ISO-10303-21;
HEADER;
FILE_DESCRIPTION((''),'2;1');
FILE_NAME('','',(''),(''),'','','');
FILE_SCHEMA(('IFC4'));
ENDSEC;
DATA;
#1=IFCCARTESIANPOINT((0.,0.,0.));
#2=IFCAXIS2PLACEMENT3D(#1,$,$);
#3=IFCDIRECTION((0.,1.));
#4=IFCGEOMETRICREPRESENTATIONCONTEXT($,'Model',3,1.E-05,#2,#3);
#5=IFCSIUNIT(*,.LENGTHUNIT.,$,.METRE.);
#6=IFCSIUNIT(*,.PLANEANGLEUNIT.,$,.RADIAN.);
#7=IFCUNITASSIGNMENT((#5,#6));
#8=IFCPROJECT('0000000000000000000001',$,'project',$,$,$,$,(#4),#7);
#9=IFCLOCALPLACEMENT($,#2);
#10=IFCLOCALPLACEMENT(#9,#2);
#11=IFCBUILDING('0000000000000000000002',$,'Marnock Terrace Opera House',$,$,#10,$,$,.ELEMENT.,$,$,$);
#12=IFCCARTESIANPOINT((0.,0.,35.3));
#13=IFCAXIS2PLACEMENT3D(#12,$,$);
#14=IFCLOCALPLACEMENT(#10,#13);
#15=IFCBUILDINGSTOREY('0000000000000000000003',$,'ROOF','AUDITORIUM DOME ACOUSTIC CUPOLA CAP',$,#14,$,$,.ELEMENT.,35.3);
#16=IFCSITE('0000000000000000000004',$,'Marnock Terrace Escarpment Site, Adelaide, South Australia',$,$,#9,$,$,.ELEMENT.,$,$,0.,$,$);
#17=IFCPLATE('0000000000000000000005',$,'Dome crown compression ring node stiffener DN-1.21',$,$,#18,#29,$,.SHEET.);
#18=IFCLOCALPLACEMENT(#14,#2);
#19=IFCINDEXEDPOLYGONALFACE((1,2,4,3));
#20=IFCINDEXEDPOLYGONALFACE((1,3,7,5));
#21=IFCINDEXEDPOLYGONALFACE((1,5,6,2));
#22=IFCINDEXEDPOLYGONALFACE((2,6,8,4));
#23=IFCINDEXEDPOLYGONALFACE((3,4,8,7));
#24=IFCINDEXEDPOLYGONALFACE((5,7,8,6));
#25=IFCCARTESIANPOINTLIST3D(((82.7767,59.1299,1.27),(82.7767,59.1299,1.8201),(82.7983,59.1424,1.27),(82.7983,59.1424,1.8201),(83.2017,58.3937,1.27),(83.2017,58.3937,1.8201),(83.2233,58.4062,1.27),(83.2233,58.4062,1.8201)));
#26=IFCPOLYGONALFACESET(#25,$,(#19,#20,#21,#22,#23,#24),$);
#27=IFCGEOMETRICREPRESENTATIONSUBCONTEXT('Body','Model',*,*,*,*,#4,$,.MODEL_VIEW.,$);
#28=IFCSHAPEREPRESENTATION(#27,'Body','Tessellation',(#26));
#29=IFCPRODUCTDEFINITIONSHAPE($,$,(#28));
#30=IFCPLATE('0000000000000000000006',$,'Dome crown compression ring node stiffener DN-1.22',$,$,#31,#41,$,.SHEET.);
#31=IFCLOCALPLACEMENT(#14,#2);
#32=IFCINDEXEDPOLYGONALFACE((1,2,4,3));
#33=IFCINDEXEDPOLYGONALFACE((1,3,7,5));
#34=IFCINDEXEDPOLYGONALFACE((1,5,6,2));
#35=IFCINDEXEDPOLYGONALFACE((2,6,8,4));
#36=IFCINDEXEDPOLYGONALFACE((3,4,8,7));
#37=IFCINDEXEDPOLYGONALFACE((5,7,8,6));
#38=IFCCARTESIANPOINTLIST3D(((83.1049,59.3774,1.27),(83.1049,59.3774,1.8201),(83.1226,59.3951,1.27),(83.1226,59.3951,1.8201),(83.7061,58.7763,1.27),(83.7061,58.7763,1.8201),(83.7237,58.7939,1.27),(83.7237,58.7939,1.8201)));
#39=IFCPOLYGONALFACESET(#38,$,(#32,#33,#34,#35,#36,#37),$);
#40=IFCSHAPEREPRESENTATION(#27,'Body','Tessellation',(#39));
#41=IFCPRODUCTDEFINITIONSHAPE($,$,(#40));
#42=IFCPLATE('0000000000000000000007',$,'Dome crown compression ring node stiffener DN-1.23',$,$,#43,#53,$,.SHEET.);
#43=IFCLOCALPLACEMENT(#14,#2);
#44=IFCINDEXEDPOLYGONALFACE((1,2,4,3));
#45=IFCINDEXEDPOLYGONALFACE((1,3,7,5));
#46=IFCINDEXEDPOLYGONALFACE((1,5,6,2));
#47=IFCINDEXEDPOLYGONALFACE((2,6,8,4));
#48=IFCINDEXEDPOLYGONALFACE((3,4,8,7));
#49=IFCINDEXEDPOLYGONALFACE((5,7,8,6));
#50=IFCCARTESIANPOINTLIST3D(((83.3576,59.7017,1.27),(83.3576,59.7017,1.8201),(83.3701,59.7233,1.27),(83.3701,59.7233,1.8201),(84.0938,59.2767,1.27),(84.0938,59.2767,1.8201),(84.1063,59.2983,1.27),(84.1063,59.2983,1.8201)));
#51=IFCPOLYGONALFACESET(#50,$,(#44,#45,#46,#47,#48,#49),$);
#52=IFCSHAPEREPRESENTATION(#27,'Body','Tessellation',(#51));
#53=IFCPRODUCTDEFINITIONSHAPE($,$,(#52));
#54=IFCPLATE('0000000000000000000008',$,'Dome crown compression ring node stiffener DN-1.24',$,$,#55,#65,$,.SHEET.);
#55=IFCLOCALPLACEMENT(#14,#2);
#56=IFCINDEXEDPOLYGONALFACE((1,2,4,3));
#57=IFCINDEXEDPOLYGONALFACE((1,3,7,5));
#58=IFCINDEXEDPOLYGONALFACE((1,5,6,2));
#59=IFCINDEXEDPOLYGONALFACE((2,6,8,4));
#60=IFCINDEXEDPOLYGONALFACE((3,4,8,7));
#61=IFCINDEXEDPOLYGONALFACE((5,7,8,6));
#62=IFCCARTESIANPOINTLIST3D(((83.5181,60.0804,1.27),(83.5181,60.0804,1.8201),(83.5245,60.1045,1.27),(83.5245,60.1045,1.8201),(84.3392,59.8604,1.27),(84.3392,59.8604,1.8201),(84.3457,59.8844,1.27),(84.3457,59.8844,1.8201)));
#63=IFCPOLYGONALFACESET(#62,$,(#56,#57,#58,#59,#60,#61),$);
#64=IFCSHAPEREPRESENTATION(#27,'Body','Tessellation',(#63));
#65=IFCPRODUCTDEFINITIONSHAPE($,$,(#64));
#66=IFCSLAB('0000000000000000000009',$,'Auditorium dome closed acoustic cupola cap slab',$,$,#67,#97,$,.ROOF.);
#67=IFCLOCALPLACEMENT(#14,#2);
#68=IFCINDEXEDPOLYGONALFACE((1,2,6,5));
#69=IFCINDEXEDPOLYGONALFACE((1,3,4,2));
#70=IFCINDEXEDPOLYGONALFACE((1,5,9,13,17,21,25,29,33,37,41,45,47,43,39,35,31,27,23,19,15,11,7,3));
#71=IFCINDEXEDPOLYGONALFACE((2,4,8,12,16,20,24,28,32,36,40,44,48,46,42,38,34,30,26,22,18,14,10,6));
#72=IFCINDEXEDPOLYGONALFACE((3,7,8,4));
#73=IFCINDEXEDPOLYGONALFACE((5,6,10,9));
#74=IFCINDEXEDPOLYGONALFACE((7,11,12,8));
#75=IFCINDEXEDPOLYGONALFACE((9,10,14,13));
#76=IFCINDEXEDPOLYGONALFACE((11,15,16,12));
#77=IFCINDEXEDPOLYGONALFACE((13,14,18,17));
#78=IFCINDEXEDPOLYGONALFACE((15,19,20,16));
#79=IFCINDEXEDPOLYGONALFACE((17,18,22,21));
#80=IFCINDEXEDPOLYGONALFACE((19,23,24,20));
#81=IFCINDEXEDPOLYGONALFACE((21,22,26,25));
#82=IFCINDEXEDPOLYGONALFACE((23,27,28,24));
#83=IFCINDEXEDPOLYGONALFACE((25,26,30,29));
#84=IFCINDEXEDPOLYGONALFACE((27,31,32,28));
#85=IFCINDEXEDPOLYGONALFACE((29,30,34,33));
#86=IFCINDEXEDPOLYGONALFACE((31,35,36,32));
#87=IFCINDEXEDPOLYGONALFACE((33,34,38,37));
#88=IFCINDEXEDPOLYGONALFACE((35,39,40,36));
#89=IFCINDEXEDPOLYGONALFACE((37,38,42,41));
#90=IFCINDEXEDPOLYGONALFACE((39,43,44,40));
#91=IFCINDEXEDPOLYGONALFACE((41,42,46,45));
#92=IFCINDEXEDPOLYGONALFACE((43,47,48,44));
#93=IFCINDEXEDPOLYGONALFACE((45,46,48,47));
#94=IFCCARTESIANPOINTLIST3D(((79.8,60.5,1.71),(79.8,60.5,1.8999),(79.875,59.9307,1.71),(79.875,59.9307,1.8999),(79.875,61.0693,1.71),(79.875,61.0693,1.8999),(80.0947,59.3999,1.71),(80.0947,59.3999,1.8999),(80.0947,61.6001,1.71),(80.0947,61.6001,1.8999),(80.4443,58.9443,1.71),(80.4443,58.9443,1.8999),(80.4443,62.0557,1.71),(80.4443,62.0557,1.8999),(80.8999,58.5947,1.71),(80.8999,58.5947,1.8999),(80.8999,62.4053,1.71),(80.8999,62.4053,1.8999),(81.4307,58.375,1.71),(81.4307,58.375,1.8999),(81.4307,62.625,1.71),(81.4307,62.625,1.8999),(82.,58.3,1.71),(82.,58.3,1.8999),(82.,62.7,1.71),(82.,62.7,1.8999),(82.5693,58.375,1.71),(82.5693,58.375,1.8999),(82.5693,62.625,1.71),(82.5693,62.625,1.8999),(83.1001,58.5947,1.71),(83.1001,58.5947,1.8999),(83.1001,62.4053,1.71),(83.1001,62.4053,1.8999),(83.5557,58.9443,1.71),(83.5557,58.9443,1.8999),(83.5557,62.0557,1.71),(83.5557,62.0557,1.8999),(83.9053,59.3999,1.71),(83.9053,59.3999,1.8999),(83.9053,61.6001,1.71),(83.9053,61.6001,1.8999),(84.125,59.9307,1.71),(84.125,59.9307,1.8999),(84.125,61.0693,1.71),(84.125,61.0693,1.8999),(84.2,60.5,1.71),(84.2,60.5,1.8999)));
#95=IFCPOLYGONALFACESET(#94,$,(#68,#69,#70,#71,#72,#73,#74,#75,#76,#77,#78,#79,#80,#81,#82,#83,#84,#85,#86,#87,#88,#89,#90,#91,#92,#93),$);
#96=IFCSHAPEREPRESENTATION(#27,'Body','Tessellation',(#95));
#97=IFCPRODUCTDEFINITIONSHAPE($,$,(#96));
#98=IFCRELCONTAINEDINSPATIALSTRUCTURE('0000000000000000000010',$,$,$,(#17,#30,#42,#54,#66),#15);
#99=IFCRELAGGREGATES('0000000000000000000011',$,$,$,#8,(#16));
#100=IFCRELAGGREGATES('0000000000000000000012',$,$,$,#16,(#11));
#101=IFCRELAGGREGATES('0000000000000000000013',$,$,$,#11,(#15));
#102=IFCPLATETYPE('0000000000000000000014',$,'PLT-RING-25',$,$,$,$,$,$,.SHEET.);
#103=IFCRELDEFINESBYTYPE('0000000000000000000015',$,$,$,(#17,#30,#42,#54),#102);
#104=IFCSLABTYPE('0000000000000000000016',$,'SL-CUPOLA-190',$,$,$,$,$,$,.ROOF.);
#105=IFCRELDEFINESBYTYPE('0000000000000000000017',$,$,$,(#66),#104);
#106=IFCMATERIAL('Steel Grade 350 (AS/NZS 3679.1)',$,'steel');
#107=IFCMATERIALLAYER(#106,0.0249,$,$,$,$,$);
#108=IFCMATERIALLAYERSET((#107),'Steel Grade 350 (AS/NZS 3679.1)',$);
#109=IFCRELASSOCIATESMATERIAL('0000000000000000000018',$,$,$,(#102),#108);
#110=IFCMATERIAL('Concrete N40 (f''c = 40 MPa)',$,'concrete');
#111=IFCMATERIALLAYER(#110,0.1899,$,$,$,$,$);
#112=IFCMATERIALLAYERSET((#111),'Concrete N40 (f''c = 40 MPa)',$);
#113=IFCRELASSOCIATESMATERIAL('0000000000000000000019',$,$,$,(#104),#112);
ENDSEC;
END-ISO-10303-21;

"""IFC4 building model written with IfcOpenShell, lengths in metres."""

from ifc_helpers import new_model, si_unit, direction, frame, origin, origin_2d, place, context, subcontext, project, spatial, polyline, rectangle, outline, extrude, material, layer, layer_set, type_object, element, save


model = new_model("IFC4")

# Units and contexts
model_context = context("Model", 3, precision=1e-05, world=origin(), true_north=direction((0.0, 1.0)))
body_context = subcontext(model_context, "Body", "Model", "MODEL_VIEW")
ifc_project = project(units=[si_unit("LENGTHUNIT", "METRE"), si_unit("PLANEANGLEUNIT", "RADIAN")], contexts=[model_context])

# Site, building, storey
site_placement = place(None, origin())
site = spatial("IfcSite", under=ifc_project, at=site_placement, Name="Marnock Terrace Escarpment Site, Adelaide, South Australia", CompositionType="ELEMENT", RefElevation=0.0)
building_placement = place(site_placement, origin())
building = spatial("IfcBuilding", under=site, at=building_placement, Name="Marnock Terrace Opera House", CompositionType="ELEMENT")
storey_placement = place(building_placement, frame((0.0, 0.0, 35.3)))
storey = spatial("IfcBuildingStorey", under=building, at=storey_placement, Name="ROOF", Description="AUDITORIUM DOME ACOUSTIC CUPOLA CAP", CompositionType="ELEMENT", Elevation=35.3)

# Plates
ifc_material_1 = material(Name="Steel Grade 350 (AS/NZS 3679.1)", Category="steel")
ifc_layer_1 = layer(ifc_material_1, 0.0249)
ifc_layer_set_1 = layer_set([ifc_layer_1], Name="Steel Grade 350 (AS/NZS 3679.1)")
plate_type = type_object("IfcPlateType", Name="PLT-RING-25", PredefinedType="SHEET", material=ifc_layer_set_1)
for number, where, z_axis, x_axis, name in (
    (1, (83.0, 58.7681, 1.27), (0.0, 0.0, 1.0), (0.5, -0.866025, 0.0), "Dome crown compression ring node stiffener DN-1.21"),
    (2, (83.4143, 59.0857, 1.27), (0.0, 0.0, 1.0), (0.707107, -0.707107, 0.0), "Dome crown compression ring node stiffener DN-1.22"),
    (3, (83.7319, 59.5, 1.27), (0.0, 0.0, 1.0), (0.866025, -0.5, 0.0), "Dome crown compression ring node stiffener DN-1.23"),
    (4, (83.9319, 59.9824, 1.27), (0.0, 0.0, 1.0), (0.965926, -0.258819, 0.0), "Dome crown compression ring node stiffener DN-1.24"),
):
    element("IfcPlate", number, at=place(storey_placement, frame(where, z_axis=z_axis, x_axis=x_axis)), inside=storey, type_object=plate_type, Name=name, PredefinedType="SHEET", context=body_context, shape_type="SweptSolid", body=[
        extrude(rectangle(XDim=0.8501, YDim=0.0249, at=origin_2d()), origin(), (0.0, 0.0, 1.0), 0.55),
    ])

# Slab
ifc_material_2 = material(Name="Concrete N40 (f'c = 40 MPa)", Category="concrete")
ifc_layer_2 = layer(ifc_material_2, 0.1899)
ifc_layer_set_2 = layer_set([ifc_layer_2], Name="Concrete N40 (f'c = 40 MPa)")
slab_type = type_object("IfcSlabType", Name="SL-CUPOLA-190", PredefinedType="ROOF", material=ifc_layer_set_2)
slab_placement = place(storey_placement, frame((0.0, 0.0, 1.71)))
element("IfcSlab", 5, at=slab_placement, inside=storey, type_object=slab_type, Name="Auditorium dome closed acoustic cupola cap slab", PredefinedType="ROOF", context=body_context, shape_type="SweptSolid", body=[
    extrude(outline(polyline([(84.2, 60.5), (84.125, 61.0693), (83.9053, 61.6001), (83.5557, 62.0557), (83.1001, 62.4053), (82.5693, 62.625), (82.0, 62.7), (81.4307, 62.625), (80.8999, 62.4053), (80.4443, 62.0557), (80.0947, 61.6001), (79.875, 61.0693), (79.8, 60.5), (79.875, 59.9307), (80.0947, 59.3999), (80.4443, 58.9443), (80.8999, 58.5947), (81.4307, 58.375), (82.0, 58.3), (82.5693, 58.375), (83.1001, 58.5947), (83.5557, 58.9443), (83.9053, 59.3999), (84.125, 59.9307), (84.2, 60.5)])), origin(), (0.0, 0.0, 1.0), 0.1899),
])

save(model, "model.ifc")
